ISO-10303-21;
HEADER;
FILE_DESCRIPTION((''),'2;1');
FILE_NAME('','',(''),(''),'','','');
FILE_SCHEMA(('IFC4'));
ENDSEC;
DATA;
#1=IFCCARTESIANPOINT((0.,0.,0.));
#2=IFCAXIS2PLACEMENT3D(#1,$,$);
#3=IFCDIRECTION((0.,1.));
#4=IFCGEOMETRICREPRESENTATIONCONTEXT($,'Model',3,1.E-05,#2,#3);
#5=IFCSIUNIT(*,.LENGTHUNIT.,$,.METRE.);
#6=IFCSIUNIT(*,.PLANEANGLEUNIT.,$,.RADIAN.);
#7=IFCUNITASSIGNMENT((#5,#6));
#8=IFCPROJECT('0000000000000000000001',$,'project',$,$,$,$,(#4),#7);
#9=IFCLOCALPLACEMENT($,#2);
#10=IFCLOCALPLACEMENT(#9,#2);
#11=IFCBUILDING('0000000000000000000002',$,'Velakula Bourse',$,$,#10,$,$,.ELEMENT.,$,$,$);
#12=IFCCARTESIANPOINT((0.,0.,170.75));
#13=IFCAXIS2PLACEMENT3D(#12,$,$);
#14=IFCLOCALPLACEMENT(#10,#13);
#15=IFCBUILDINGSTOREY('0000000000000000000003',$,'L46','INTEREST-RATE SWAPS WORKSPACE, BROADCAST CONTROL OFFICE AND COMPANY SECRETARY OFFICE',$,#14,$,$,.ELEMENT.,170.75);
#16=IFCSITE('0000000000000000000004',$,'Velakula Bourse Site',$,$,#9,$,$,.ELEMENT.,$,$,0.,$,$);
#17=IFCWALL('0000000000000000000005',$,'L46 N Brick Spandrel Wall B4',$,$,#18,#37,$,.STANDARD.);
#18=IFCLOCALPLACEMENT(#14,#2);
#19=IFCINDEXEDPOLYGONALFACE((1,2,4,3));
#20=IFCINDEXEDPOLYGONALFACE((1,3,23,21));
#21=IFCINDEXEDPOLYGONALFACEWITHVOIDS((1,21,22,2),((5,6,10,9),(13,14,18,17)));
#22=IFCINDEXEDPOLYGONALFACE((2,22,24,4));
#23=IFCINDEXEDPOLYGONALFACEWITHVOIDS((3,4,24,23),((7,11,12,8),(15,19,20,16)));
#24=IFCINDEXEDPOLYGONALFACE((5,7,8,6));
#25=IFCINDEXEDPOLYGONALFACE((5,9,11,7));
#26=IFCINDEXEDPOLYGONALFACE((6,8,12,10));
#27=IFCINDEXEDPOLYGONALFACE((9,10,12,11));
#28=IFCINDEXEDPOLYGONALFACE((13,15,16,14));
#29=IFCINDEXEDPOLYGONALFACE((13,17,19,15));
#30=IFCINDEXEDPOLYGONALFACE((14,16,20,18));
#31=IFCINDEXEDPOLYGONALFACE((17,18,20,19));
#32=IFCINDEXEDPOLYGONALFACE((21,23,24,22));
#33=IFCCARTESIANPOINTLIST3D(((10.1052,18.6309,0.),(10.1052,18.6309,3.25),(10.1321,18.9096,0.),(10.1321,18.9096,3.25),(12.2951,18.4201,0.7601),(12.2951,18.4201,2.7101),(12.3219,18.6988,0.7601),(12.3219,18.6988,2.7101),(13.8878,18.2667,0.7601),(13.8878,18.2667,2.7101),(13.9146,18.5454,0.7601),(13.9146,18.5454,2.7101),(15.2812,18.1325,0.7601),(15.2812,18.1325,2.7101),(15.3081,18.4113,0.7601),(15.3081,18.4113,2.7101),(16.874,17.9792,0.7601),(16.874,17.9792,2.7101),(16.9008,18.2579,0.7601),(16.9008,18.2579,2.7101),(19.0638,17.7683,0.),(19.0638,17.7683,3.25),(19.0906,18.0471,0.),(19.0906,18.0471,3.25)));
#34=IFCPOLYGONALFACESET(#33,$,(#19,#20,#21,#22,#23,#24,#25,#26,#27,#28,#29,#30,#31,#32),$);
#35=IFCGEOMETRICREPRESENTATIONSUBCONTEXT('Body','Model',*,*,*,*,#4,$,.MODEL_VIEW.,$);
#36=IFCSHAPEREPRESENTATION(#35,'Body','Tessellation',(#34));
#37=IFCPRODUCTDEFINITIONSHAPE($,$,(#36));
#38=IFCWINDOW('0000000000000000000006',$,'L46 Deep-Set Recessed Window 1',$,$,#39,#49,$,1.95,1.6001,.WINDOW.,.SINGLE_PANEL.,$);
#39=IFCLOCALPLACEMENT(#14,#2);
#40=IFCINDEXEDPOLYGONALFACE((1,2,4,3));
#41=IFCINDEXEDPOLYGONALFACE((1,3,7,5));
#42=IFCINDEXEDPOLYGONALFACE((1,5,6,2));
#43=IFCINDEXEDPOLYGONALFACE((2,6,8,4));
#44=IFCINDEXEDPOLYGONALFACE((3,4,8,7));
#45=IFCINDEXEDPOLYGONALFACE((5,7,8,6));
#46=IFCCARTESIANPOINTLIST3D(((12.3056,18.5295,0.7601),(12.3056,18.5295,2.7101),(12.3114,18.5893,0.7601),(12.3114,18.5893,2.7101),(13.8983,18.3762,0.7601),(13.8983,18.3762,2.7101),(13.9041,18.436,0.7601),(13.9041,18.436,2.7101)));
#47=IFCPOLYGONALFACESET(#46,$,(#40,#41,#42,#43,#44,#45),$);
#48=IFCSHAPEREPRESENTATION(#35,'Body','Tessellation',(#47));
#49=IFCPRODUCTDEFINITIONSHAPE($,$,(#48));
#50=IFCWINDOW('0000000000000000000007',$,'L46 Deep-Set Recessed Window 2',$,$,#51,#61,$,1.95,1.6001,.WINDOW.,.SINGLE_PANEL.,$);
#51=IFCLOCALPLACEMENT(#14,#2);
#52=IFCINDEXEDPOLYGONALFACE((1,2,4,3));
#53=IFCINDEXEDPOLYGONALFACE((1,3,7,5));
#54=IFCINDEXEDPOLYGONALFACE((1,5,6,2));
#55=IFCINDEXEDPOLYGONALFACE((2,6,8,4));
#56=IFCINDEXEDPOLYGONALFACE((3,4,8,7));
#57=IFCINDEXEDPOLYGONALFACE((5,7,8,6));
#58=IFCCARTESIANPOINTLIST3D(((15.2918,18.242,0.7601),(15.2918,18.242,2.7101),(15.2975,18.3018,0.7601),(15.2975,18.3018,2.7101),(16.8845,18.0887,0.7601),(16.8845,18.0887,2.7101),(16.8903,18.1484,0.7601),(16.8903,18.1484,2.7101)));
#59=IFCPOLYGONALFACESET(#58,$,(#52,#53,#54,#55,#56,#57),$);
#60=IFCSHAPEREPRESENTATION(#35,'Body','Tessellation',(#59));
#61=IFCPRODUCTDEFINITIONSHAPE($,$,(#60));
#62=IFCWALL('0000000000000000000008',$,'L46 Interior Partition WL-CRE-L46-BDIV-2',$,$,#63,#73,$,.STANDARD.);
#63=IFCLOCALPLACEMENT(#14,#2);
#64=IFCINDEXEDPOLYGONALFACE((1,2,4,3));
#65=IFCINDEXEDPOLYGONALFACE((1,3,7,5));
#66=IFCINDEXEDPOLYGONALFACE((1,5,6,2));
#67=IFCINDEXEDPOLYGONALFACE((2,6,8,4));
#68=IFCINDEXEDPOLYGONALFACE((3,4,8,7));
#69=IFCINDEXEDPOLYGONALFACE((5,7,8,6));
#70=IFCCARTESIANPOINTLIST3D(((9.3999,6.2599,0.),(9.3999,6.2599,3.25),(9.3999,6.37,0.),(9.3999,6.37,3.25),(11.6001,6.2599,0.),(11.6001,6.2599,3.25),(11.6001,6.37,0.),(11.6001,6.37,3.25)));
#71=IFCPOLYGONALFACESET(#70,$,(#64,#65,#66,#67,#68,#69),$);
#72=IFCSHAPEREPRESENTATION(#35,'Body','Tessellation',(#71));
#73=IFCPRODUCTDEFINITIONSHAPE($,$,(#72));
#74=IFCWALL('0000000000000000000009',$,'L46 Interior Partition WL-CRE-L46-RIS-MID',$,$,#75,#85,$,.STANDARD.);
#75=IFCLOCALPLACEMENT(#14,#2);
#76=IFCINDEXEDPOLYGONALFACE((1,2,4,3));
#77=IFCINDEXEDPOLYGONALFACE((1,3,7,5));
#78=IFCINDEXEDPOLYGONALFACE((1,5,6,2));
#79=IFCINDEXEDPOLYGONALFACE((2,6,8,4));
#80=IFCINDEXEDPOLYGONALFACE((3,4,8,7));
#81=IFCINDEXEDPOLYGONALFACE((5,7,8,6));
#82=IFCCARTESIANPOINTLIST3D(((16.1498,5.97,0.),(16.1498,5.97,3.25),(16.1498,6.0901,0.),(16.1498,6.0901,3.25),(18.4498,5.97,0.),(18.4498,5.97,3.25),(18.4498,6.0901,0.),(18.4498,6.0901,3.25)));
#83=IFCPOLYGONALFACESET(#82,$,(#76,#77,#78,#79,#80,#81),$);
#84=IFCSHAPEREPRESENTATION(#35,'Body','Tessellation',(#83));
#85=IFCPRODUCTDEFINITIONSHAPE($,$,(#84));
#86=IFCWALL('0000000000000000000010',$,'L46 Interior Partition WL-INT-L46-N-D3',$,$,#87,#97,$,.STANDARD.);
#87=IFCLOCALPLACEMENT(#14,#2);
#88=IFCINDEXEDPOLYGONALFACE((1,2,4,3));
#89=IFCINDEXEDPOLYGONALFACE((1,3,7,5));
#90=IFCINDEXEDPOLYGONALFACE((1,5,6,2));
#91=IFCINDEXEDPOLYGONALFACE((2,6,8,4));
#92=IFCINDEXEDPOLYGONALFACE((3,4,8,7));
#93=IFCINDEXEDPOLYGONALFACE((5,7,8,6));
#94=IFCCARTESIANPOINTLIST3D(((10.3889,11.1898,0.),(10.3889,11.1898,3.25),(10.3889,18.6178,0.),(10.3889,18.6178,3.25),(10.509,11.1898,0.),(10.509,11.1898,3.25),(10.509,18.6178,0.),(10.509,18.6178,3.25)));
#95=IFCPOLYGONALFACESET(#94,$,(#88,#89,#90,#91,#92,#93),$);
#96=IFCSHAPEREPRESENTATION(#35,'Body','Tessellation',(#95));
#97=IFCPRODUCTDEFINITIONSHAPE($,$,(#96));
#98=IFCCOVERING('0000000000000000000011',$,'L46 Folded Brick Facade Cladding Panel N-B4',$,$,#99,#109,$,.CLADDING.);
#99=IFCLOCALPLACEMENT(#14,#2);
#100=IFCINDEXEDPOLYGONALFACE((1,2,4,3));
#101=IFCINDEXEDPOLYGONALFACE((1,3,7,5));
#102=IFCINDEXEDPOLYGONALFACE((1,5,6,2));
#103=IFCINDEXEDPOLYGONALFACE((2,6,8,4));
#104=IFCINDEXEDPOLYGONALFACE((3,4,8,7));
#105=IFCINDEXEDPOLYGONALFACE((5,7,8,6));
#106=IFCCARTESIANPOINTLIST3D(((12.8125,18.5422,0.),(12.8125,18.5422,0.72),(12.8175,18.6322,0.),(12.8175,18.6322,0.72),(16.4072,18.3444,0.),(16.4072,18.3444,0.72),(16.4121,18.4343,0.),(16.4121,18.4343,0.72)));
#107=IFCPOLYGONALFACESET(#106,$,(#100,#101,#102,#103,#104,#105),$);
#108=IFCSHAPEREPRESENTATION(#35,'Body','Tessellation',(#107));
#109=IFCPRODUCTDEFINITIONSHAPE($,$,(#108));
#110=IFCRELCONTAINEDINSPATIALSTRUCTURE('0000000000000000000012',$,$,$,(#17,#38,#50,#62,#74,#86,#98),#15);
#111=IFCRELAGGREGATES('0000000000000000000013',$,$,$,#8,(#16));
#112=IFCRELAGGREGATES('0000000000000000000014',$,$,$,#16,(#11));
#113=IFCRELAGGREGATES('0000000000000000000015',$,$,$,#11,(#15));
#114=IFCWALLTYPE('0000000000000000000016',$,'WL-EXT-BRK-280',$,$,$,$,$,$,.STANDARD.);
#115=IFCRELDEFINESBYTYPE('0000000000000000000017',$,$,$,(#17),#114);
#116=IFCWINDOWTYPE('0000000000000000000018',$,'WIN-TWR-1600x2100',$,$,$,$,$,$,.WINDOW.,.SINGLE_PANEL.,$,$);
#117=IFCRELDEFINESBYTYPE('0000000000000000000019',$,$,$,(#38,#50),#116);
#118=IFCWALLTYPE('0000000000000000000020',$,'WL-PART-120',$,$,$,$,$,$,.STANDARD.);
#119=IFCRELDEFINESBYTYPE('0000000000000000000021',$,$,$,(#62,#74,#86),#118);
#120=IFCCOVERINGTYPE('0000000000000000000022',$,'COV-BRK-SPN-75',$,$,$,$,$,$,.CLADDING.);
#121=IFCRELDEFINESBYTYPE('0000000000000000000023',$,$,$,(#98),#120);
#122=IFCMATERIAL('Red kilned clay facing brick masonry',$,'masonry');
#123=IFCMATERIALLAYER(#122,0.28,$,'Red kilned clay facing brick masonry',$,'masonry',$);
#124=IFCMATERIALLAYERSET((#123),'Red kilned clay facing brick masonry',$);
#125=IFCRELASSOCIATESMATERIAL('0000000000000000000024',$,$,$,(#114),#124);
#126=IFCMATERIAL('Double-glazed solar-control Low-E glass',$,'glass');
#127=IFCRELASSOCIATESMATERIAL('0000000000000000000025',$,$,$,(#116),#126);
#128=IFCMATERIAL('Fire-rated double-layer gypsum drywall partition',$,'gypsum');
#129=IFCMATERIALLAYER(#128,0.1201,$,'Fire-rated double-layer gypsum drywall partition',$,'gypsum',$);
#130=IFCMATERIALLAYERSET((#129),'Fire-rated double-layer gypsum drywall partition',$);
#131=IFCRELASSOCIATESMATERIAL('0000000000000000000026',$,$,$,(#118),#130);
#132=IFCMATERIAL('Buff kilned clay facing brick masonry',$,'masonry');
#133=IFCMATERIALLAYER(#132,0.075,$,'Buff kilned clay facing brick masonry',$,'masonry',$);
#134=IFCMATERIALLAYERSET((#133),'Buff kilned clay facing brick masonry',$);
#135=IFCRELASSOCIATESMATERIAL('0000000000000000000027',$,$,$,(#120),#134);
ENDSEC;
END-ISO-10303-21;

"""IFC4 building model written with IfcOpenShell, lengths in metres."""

from ifc_helpers import new_model, si_unit, direction, frame, frame_2d, origin, origin_2d, place, context, subcontext, project, spatial, rectangle, extrude, material, layer, layer_set, type_object, element, fill, save


model = new_model("IFC4")

# Units and contexts
model_context = context("Model", 3, precision=1e-05, world=origin(), true_north=direction((0.0, 1.0)))
body_context = subcontext(model_context, "Body", "Model", "MODEL_VIEW")
ifc_project = project(units=[si_unit("LENGTHUNIT", "METRE"), si_unit("PLANEANGLEUNIT", "RADIAN")], contexts=[model_context])

# Site, building, storey
site_placement = place(None, origin())
site = spatial("IfcSite", under=ifc_project, at=site_placement, Name="Velakula Bourse Site", CompositionType="ELEMENT", RefElevation=0.0)
building_placement = place(site_placement, origin())
building = spatial("IfcBuilding", under=site, at=building_placement, Name="Velakula Bourse", CompositionType="ELEMENT")
storey_placement = place(building_placement, frame((0.0, 0.0, 170.75)))
storey = spatial("IfcBuildingStorey", under=building, at=storey_placement, Name="L46", Description="INTEREST-RATE SWAPS WORKSPACE, BROADCAST CONTROL OFFICE AND COMPANY SECRETARY OFFICE", CompositionType="ELEMENT", Elevation=170.75)

# Wall, openings, windows
ifc_material_1 = material(Name="Red kilned clay facing brick masonry", Category="masonry")
ifc_layer_1 = layer(ifc_material_1, 0.28, Name="Red kilned clay facing brick masonry", Category="masonry")
ifc_layer_set_1 = layer_set([ifc_layer_1], Name="Red kilned clay facing brick masonry")
wall_type_1 = type_object("IfcWallType", Name="WL-EXT-BRK-280", PredefinedType="STANDARD", material=ifc_layer_set_1)
ifc_material_2 = material(Name="Double-glazed solar-control Low-E glass", Category="glass")
window_type = type_object("IfcWindowType", Name="WIN-TWR-1600x2100", PartitioningType="SINGLE_PANEL", PredefinedType="WINDOW", material=ifc_material_2)
wall_1_placement = place(storey_placement, frame((10.1187, 18.7703, 0.0), z_axis=(0.0, 0.0, 1.0), x_axis=(0.995397, -0.09584, 0.0)))
wall_1 = element("IfcWall", 1, at=wall_1_placement, inside=storey, type_object=wall_type_1, Name="L46 N Brick Spandrel Wall B4", PredefinedType="STANDARD", context=body_context, shape_type="SweptSolid", body=[
    extrude(rectangle(XDim=9.0, YDim=0.28, at=frame_2d((4.5, 0.0))), origin(), (0.0, 0.0, 1.0), 3.25),
])
opening_1_placement = place(wall_1_placement, frame((2.2, 0.0, 0.76)))
opening_1 = element("IfcOpeningElement", 2, at=opening_1_placement, cuts=wall_1, PredefinedType="OPENING", context=body_context, shape_type="SweptSolid", body=[
    extrude(rectangle(XDim=1.6001, YDim=1.95, at=frame_2d((0.8, 0.9751))), frame((0.0, 0.1499, 0.0), z_axis=(0.0, -1.0, 0.0), x_axis=(1.0, 0.0, 0.0)), (0.0, 0.0, 1.0), 0.3),
])
opening_2_placement = place(wall_1_placement, frame((5.2, 0.0, 0.76)))
opening_2 = element("IfcOpeningElement", 3, at=opening_2_placement, cuts=wall_1, PredefinedType="OPENING", context=body_context, shape_type="SweptSolid", body=[
    extrude(rectangle(XDim=1.6001, YDim=1.95, at=frame_2d((0.8, 0.9751))), frame((0.0, 0.1499, 0.0), z_axis=(0.0, -1.0, 0.0), x_axis=(1.0, 0.0, 0.0)), (0.0, 0.0, 1.0), 0.3),
])
window_1_placement = place(opening_1_placement, origin())
window_1 = element("IfcWindow", 4, at=window_1_placement, inside=storey, type_object=window_type, Name="L46 Deep-Set Recessed Window 1", OverallHeight=1.95, OverallWidth=1.6001, PartitioningType="SINGLE_PANEL", PredefinedType="WINDOW", context=body_context, shape_type="SweptSolid", body=[
    extrude(rectangle(XDim=1.6001, YDim=1.95, at=frame_2d((0.8, 0.9751))), frame((0.0, 0.03, 0.0), z_axis=(0.0, -1.0, 0.0), x_axis=(1.0, 0.0, 0.0)), (0.0, 0.0, 1.0), 0.0601),
])
fill(opening_1, window_1)
window_2_placement = place(opening_2_placement, origin())
window_2 = element("IfcWindow", 5, at=window_2_placement, inside=storey, type_object=window_type, Name="L46 Deep-Set Recessed Window 2", OverallHeight=1.95, OverallWidth=1.6001, PartitioningType="SINGLE_PANEL", PredefinedType="WINDOW", context=body_context, shape_type="SweptSolid", body=[
    extrude(rectangle(XDim=1.6001, YDim=1.95, at=frame_2d((0.8, 0.9751))), frame((0.0, 0.03, 0.0), z_axis=(0.0, -1.0, 0.0), x_axis=(1.0, 0.0, 0.0)), (0.0, 0.0, 1.0), 0.0601),
])
fill(opening_2, window_2)

# Walls
ifc_material_3 = material(Name="Fire-rated double-layer gypsum drywall partition", Category="gypsum")
ifc_layer_2 = layer(ifc_material_3, 0.1201, Name="Fire-rated double-layer gypsum drywall partition", Category="gypsum")
ifc_layer_set_2 = layer_set([ifc_layer_2], Name="Fire-rated double-layer gypsum drywall partition")
wall_type_2 = type_object("IfcWallType", Name="WL-PART-120", PredefinedType="STANDARD", material=ifc_layer_set_2)
wall_2_placement = place(storey_placement, frame((9.3999, 6.3149, 0.0), z_axis=(0.0, 0.0, 1.0), x_axis=(1.0, 0.0, 0.0)))
element("IfcWall", 6, at=wall_2_placement, inside=storey, type_object=wall_type_2, Name="L46 Interior Partition WL-CRE-L46-BDIV-2", PredefinedType="STANDARD", context=body_context, shape_type="SweptSolid", body=[
    extrude(rectangle(XDim=2.2002, YDim=0.1101, at=frame_2d((1.1001, 0.0))), origin(), (0.0, 0.0, 1.0), 3.25),
])
wall_3_placement = place(storey_placement, frame((16.1499, 6.03, 0.0), z_axis=(0.0, 0.0, 1.0), x_axis=(1.0, 0.0, 0.0)))
element("IfcWall", 7, at=wall_3_placement, inside=storey, type_object=wall_type_2, Name="L46 Interior Partition WL-CRE-L46-RIS-MID", PredefinedType="STANDARD", context=body_context, shape_type="SweptSolid", body=[
    extrude(rectangle(XDim=2.3, YDim=0.1201, at=frame_2d((1.1499, 0.0))), origin(), (0.0, 0.0, 1.0), 3.25),
])
wall_4_placement = place(storey_placement, frame((10.449, 11.1899, 0.0), z_axis=(0.0, 0.0, 1.0), x_axis=(0.0, 1.0, 0.0)))
element("IfcWall", 8, at=wall_4_placement, inside=storey, type_object=wall_type_2, Name="L46 Interior Partition WL-INT-L46-N-D3", PredefinedType="STANDARD", context=body_context, shape_type="SweptSolid", body=[
    extrude(rectangle(XDim=7.428, YDim=0.1201, at=frame_2d((3.7139, 0.0))), origin(), (0.0, 0.0, 1.0), 3.25),
])

# Covering
ifc_material_4 = material(Name="Buff kilned clay facing brick masonry", Category="masonry")
ifc_layer_3 = layer(ifc_material_4, 0.075, Name="Buff kilned clay facing brick masonry", Category="masonry")
ifc_layer_set_3 = layer_set([ifc_layer_3], Name="Buff kilned clay facing brick masonry")
covering_type = type_object("IfcCoveringType", Name="COV-BRK-SPN-75", PredefinedType="CLADDING", material=ifc_layer_set_3)
covering_placement = place(storey_placement, frame((14.6123, 18.4883, 0.0), z_axis=(0.0, 0.0, 1.0), x_axis=(0.998489, -0.05495, 0.0)))
element("IfcCovering", 9, at=covering_placement, inside=storey, type_object=covering_type, Name="L46 Folded Brick Facade Cladding Panel N-B4", PredefinedType="CLADDING", context=body_context, shape_type="SweptSolid", body=[
    extrude(rectangle(XDim=3.6001, YDim=0.0901, at=origin_2d()), origin(), (0.0, 0.0, 1.0), 0.72),
])

save(model, "model.ifc")
